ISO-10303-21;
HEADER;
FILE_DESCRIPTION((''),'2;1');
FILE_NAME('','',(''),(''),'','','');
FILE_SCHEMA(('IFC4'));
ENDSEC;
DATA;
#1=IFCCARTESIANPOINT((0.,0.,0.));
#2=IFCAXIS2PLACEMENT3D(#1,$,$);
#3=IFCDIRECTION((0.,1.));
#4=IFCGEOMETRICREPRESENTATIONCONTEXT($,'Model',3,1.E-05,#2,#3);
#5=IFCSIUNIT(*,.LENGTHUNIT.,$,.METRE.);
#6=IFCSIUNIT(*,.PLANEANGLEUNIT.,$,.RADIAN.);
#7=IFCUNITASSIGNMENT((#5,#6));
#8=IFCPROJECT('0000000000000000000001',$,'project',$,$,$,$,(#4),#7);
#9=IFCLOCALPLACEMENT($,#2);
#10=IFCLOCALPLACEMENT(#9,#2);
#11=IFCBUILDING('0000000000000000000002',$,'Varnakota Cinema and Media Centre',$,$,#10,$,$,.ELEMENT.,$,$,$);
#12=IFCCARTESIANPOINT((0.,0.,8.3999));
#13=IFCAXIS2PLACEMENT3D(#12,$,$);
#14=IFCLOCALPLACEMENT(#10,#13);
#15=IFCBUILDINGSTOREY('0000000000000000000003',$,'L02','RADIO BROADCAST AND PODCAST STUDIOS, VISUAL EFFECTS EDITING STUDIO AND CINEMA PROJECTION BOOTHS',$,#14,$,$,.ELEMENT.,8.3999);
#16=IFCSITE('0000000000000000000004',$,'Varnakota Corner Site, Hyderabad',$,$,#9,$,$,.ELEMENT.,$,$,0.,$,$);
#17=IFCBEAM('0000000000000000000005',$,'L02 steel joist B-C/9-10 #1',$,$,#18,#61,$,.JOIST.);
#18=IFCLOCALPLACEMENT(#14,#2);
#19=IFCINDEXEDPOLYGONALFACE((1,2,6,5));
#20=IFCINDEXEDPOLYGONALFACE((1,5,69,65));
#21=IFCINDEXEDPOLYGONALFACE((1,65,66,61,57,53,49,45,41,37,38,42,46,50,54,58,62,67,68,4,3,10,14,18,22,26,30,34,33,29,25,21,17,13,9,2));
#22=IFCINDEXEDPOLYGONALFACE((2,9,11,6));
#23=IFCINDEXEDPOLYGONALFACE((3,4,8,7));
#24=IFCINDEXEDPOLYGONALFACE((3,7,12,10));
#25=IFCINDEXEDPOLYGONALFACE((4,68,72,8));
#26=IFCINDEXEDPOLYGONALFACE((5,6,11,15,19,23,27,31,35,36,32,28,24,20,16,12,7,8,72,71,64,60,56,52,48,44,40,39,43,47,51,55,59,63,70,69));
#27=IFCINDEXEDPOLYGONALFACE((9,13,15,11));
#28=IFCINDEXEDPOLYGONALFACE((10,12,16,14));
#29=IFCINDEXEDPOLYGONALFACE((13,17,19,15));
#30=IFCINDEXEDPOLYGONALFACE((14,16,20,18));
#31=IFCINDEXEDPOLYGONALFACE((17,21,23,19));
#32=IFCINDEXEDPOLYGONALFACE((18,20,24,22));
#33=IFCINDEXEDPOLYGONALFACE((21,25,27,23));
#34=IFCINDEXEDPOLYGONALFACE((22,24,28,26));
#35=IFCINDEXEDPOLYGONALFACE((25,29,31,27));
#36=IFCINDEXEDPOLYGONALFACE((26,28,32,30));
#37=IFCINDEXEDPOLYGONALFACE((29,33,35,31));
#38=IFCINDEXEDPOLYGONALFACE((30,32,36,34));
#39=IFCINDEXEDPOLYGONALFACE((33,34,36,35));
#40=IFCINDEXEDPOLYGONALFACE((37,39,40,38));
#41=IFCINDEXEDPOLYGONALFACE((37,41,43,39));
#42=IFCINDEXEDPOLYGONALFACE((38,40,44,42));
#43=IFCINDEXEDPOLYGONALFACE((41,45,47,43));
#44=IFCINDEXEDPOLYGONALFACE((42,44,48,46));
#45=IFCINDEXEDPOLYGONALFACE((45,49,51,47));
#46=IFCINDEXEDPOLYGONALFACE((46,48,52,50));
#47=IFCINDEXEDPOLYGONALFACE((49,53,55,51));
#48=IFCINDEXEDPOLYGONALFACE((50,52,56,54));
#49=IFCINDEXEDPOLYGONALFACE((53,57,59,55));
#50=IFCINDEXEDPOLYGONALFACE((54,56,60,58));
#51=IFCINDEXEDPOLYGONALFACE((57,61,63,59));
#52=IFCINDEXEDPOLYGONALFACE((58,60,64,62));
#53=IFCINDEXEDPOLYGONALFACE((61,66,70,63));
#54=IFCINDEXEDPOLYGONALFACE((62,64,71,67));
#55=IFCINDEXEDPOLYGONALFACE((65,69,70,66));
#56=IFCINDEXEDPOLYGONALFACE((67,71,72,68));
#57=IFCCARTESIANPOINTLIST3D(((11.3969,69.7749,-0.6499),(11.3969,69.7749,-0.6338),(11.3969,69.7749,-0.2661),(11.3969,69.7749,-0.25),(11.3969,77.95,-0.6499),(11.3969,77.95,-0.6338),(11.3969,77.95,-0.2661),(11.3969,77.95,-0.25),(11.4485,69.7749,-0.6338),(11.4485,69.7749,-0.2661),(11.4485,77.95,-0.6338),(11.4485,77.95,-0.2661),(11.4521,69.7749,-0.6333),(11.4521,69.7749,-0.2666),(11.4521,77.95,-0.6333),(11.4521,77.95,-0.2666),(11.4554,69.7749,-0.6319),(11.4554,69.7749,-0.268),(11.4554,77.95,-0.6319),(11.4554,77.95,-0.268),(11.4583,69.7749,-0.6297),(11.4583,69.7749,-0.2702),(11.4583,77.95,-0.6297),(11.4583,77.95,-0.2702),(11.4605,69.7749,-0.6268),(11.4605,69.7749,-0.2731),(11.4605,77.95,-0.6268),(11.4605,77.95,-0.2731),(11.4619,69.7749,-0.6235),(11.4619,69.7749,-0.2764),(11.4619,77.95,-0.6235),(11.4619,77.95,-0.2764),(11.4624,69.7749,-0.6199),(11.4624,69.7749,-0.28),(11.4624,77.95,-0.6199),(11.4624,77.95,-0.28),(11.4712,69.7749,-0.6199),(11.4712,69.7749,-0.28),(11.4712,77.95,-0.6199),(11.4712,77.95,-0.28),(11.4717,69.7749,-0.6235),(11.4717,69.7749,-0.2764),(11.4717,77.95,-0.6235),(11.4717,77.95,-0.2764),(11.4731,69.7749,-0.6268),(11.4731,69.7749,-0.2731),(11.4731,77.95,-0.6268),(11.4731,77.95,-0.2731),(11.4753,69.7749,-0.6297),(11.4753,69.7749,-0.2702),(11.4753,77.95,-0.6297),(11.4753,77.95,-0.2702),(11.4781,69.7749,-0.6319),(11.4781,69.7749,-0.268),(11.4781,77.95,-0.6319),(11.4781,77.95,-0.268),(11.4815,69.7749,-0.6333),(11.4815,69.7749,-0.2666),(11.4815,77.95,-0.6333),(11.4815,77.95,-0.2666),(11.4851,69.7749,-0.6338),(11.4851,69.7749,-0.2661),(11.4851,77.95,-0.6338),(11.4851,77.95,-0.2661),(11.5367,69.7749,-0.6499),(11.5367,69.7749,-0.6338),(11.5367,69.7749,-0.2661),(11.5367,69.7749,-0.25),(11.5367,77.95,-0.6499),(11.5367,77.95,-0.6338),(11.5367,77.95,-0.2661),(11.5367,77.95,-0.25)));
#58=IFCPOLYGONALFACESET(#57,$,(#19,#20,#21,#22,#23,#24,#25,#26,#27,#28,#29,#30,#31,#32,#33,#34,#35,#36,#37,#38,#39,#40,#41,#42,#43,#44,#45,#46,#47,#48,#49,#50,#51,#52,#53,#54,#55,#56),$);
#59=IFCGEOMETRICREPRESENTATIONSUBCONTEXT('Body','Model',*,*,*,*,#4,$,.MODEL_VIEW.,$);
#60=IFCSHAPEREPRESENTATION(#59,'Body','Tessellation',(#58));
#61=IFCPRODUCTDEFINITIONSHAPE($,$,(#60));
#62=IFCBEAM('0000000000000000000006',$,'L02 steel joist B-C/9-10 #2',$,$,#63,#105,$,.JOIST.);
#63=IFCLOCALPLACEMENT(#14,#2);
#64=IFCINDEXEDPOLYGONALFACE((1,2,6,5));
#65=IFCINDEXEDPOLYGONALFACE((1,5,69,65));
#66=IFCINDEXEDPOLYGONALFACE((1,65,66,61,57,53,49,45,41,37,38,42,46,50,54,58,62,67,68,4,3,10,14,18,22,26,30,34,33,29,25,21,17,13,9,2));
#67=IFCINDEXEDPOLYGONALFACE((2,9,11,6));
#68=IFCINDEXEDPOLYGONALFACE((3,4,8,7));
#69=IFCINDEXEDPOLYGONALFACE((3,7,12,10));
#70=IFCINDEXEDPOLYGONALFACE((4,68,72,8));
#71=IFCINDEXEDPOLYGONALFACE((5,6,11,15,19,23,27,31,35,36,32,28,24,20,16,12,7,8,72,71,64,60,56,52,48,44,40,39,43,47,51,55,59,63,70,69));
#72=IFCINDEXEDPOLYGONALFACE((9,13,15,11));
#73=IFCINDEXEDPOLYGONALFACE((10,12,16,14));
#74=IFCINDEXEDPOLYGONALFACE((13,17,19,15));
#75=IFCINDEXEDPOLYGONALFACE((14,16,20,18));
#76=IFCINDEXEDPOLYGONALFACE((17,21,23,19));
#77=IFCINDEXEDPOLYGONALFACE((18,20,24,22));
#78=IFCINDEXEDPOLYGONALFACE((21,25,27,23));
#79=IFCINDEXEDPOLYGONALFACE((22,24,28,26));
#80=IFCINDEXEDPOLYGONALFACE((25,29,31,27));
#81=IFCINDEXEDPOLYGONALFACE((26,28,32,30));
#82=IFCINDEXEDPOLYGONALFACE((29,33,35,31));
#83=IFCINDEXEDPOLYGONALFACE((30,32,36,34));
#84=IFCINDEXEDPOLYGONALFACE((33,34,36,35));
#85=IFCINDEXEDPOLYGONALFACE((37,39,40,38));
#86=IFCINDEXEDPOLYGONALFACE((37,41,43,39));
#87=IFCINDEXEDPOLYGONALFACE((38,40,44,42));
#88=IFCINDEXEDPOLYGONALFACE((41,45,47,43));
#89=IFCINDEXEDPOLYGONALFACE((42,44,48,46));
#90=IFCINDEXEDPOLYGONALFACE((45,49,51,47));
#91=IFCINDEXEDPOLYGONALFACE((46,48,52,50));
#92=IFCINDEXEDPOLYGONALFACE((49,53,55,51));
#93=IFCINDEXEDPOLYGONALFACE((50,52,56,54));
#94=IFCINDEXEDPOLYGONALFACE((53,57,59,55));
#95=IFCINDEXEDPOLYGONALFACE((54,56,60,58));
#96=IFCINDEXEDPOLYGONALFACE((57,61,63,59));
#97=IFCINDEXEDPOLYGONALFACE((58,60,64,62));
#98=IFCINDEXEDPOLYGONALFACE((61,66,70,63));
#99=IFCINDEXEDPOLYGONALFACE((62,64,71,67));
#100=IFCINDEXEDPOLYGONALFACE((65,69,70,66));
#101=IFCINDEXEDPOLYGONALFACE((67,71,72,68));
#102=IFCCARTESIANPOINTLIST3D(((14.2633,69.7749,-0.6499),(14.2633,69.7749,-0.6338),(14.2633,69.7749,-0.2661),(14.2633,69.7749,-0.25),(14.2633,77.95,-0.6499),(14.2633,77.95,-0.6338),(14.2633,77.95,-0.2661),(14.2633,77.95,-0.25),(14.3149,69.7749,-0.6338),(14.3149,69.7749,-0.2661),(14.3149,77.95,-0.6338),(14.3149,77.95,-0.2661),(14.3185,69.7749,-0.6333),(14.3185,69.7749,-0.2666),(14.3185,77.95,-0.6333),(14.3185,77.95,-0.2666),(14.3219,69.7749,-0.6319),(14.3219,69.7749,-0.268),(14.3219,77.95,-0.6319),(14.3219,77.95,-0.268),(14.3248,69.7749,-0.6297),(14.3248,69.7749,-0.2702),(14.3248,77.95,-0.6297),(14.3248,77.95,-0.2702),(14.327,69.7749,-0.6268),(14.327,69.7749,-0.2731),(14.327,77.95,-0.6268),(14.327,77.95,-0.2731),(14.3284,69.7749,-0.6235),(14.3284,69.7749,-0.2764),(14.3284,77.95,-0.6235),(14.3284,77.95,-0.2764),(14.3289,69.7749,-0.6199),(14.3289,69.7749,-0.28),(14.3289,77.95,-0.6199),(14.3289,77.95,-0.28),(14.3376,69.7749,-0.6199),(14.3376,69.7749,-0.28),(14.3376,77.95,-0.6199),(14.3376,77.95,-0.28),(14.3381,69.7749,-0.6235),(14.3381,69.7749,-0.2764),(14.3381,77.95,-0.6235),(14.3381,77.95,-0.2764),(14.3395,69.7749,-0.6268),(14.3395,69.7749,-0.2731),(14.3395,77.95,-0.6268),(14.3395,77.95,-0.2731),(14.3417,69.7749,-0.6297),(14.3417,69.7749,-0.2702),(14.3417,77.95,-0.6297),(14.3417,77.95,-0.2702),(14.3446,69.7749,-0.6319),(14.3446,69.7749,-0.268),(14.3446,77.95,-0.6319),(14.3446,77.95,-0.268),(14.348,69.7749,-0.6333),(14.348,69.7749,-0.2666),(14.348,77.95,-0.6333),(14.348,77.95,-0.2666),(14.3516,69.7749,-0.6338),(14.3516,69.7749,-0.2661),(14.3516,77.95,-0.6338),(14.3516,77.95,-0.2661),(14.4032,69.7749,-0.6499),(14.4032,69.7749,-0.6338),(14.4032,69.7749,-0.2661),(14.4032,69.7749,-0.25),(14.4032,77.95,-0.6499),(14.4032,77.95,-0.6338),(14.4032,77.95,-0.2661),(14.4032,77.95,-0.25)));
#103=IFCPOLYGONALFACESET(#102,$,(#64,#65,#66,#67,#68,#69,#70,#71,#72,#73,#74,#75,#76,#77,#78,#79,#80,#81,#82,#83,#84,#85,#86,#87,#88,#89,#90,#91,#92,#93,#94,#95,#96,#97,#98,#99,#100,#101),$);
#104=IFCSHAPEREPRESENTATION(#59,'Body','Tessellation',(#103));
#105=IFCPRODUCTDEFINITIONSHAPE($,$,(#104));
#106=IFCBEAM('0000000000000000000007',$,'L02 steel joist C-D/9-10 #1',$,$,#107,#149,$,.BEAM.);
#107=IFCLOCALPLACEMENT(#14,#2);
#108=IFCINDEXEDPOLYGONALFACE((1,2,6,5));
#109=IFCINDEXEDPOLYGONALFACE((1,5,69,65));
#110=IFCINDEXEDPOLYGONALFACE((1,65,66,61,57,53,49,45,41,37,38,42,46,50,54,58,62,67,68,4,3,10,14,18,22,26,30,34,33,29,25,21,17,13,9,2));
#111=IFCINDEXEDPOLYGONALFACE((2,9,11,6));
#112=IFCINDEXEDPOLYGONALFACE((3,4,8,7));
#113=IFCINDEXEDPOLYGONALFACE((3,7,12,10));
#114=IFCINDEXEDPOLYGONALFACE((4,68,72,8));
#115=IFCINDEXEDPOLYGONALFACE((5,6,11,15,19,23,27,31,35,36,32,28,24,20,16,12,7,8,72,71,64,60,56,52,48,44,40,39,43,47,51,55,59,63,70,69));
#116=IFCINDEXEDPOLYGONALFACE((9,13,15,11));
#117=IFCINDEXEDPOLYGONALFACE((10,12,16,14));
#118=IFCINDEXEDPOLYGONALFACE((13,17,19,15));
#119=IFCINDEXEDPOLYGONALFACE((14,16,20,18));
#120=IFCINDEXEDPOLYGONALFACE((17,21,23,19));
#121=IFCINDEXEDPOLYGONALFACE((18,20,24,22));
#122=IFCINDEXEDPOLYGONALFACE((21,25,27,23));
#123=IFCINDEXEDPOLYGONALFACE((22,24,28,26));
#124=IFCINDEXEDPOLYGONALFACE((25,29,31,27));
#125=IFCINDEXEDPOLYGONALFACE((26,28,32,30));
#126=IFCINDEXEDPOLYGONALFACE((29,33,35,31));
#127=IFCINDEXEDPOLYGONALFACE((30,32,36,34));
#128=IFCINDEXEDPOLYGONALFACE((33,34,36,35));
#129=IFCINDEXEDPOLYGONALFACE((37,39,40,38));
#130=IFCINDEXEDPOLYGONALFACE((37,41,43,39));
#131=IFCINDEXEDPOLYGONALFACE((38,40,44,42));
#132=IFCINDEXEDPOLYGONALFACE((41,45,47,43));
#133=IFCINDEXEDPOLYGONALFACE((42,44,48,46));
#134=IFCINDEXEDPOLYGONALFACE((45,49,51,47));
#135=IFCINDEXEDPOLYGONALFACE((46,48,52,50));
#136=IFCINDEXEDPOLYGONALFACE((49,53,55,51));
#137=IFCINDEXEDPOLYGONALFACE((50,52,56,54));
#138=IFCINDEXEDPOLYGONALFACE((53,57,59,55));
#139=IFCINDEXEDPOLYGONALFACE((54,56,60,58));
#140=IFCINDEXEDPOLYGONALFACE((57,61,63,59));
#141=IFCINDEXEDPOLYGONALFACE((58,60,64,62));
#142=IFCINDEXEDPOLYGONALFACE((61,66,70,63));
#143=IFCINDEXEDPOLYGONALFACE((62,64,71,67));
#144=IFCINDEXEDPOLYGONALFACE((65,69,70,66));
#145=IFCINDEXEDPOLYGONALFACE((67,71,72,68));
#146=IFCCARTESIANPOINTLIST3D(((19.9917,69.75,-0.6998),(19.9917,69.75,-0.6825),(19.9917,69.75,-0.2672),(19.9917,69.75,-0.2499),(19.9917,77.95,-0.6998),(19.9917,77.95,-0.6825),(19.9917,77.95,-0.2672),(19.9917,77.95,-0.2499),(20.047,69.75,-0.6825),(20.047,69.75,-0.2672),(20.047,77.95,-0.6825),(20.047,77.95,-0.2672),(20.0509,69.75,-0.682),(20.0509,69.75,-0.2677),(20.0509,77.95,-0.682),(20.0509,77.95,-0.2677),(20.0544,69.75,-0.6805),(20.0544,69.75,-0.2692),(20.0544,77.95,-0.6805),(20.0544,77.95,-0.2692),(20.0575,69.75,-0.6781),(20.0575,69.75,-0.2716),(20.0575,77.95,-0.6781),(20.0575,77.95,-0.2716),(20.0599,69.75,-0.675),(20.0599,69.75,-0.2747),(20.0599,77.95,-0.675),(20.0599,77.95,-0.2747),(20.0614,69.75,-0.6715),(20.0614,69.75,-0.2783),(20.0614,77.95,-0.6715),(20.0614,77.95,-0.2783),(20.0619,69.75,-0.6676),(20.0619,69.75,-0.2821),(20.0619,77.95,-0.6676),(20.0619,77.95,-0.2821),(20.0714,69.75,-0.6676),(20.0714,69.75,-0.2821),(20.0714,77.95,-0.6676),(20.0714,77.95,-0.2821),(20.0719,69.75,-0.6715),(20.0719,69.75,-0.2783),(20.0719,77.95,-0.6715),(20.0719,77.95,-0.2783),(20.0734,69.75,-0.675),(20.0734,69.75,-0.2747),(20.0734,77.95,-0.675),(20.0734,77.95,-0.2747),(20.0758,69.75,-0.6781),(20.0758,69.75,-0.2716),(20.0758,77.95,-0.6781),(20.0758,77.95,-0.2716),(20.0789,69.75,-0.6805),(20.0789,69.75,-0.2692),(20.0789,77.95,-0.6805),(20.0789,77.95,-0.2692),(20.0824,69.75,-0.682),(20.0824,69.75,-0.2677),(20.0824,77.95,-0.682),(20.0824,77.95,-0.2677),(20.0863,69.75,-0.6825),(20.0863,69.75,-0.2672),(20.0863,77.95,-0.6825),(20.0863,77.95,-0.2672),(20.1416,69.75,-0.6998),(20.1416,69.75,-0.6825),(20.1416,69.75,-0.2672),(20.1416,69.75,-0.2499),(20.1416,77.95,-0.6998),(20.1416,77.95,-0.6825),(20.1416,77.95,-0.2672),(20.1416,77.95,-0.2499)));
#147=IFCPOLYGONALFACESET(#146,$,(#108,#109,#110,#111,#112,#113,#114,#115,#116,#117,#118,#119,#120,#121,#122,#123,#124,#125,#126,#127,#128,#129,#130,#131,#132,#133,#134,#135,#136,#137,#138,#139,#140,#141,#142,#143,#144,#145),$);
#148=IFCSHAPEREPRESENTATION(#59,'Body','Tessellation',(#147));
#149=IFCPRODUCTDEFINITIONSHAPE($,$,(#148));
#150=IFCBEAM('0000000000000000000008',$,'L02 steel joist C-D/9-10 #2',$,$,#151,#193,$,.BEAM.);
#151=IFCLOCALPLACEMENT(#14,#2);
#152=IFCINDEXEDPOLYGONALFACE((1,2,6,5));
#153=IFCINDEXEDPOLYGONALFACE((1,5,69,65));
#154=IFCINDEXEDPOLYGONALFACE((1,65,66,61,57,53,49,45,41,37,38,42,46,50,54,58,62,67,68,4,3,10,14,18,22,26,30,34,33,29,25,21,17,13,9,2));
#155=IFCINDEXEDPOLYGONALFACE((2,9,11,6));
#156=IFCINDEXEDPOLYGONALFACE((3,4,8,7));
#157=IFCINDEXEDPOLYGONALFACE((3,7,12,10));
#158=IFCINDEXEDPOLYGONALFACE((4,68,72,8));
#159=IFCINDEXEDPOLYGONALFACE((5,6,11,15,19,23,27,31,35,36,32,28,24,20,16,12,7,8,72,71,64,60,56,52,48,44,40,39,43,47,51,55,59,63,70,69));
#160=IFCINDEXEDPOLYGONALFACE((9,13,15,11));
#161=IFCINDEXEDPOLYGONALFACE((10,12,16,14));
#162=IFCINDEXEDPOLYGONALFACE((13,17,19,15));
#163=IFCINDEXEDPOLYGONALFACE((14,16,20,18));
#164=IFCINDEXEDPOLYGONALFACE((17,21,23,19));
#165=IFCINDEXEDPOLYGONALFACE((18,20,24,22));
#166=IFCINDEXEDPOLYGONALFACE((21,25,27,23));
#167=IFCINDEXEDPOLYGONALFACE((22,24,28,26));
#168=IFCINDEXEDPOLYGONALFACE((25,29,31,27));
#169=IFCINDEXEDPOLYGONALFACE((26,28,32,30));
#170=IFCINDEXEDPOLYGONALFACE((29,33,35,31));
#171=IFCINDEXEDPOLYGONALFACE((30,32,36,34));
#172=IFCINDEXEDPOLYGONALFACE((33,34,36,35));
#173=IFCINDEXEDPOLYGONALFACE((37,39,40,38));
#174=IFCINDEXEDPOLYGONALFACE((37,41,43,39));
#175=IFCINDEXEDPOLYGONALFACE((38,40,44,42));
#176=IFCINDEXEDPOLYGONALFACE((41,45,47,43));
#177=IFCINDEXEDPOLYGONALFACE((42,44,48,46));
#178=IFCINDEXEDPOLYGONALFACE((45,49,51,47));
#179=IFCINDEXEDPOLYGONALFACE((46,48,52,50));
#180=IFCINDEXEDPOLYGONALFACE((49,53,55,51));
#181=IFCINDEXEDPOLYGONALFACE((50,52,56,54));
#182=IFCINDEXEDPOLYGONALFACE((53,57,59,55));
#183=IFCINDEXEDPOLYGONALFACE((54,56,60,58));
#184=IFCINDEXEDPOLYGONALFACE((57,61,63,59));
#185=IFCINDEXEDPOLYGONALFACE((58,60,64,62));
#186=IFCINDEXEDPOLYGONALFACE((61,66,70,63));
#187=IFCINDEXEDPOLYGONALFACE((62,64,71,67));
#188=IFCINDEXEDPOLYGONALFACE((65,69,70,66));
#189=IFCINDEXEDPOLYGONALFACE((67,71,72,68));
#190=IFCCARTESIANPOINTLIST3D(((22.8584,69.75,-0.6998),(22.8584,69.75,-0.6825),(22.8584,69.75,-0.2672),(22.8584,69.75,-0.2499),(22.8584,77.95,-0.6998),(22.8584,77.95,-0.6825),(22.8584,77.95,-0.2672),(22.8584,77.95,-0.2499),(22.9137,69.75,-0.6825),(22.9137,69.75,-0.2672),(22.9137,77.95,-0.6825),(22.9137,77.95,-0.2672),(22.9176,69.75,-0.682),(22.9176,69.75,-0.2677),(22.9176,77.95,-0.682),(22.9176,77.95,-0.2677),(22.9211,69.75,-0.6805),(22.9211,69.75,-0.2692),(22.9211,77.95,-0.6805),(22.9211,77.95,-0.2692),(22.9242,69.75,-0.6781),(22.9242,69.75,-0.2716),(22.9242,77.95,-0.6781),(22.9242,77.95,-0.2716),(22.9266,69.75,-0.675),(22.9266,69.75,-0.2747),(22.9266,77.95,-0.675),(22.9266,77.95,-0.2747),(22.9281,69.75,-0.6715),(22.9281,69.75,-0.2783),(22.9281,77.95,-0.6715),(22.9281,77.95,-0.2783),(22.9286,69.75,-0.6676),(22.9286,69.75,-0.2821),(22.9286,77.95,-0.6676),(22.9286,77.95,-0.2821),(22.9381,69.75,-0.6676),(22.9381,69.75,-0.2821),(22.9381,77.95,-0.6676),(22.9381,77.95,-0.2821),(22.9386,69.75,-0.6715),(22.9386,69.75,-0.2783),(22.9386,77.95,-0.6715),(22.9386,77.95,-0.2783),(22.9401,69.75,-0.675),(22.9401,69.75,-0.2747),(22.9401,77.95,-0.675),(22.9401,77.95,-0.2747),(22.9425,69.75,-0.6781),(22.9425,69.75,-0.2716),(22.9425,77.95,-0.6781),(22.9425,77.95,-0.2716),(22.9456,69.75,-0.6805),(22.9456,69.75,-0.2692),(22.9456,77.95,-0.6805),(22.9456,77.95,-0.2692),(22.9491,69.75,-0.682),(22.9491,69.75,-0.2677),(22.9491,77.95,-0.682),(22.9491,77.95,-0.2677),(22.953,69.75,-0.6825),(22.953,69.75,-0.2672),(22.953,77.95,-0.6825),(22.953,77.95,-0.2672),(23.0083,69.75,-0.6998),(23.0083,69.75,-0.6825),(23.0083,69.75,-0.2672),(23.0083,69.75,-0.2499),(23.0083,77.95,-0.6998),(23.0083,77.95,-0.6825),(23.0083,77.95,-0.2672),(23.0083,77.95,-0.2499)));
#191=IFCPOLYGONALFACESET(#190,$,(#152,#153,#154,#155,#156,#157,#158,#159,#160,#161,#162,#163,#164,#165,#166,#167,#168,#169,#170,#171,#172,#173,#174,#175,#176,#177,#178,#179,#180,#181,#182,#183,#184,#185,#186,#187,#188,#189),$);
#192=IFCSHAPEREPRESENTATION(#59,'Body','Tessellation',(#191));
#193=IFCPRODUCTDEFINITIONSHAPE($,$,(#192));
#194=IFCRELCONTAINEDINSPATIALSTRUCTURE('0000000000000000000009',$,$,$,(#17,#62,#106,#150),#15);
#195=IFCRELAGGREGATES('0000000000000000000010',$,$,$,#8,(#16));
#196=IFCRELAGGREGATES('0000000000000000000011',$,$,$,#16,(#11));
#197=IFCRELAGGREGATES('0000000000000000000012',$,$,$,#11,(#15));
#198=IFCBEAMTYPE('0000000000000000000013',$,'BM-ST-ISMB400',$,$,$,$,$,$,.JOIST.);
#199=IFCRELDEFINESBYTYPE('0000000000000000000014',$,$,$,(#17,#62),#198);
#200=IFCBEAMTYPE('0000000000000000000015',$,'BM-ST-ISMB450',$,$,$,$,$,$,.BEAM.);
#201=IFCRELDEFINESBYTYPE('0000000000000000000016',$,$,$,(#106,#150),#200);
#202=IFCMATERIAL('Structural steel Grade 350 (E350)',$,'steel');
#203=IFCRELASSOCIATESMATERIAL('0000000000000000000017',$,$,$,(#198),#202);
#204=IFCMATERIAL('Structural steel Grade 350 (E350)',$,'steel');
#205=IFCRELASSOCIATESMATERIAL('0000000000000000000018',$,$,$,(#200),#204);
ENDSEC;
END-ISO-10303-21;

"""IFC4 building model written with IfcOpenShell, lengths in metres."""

from ifc_helpers import new_model, si_unit, direction, frame, origin, origin_2d, place, context, subcontext, project, spatial, i_section, extrude, material, material_profile, profile_set, type_object, element, save


model = new_model("IFC4")

# Units and contexts
model_context = context("Model", 3, precision=1e-05, world=origin(), true_north=direction((0.0, 1.0)))
body_context = subcontext(model_context, "Body", "Model", "MODEL_VIEW")
ifc_project = project(units=[si_unit("LENGTHUNIT", "METRE"), si_unit("PLANEANGLEUNIT", "RADIAN")], contexts=[model_context])

# Site, building, storey
site_placement = place(None, origin())
site = spatial("IfcSite", under=ifc_project, at=site_placement, Name="Varnakota Corner Site, Hyderabad", CompositionType="ELEMENT", RefElevation=0.0)
building_placement = place(site_placement, origin())
building = spatial("IfcBuilding", under=site, at=building_placement, Name="Varnakota Cinema and Media Centre", CompositionType="ELEMENT")
storey_placement = place(building_placement, frame((0.0, 0.0, 8.3999)))
storey = spatial("IfcBuildingStorey", under=building, at=storey_placement, Name="L02", Description="RADIO BROADCAST AND PODCAST STUDIOS, VISUAL EFFECTS EDITING STUDIO AND CINEMA PROJECTION BOOTHS", CompositionType="ELEMENT", Elevation=8.3999)

# Beams
ifc_material_1 = material(Name="Structural steel Grade 350 (E350)", Category="steel")
ifc_material_profile_1 = material_profile(ifc_material_1, i_section(OverallWidth=0.1399, OverallDepth=0.3999, WebThickness=0.0088, FlangeThickness=0.0161, FilletRadius=0.0139, at=origin_2d()), Name="ISMB 400")
ifc_profile_set_1 = profile_set([ifc_material_profile_1], Name="Structural steel Grade 350 (E350)")
beam_type_1 = type_object("IfcBeamType", Name="BM-ST-ISMB400", PredefinedType="JOIST", material=ifc_profile_set_1)
for number, where, z_axis, x_axis, name in (
    (1, (11.4668, 69.7749, -0.45), (0.0, 1.0, 0.0), (-1.0, 0.0, 0.0), "L02 steel joist B-C/9-10 #1"),
    (2, (14.3333, 69.7749, -0.45), (0.0, 1.0, 0.0), (-1.0, 0.0, 0.0), "L02 steel joist B-C/9-10 #2"),
):
    element("IfcBeam", number, at=place(storey_placement, frame(where, z_axis=z_axis, x_axis=x_axis)), inside=storey, type_object=beam_type_1, Name=name, PredefinedType="JOIST", context=body_context, shape_type="SweptSolid", body=[
        extrude(i_section(OverallWidth=0.1399, OverallDepth=0.3999, WebThickness=0.0088, FlangeThickness=0.0161, FilletRadius=0.0139, at=origin_2d()), origin(), (0.0, 0.0, 1.0), 8.175),
    ])
ifc_material_2 = material(Name="Structural steel Grade 350 (E350)", Category="steel")
ifc_material_profile_2 = material_profile(ifc_material_2, i_section(OverallWidth=0.1499, OverallDepth=0.45, WebThickness=0.0095, FlangeThickness=0.0173, FilletRadius=0.0149, at=origin_2d()), Name="ISMB 450")
ifc_profile_set_2 = profile_set([ifc_material_profile_2], Name="Structural steel Grade 350 (E350)")
beam_type_2 = type_object("IfcBeamType", Name="BM-ST-ISMB450", PredefinedType="BEAM", material=ifc_profile_set_2)
for number, where, z_axis, x_axis, name in (
    (3, (20.0667, 69.75, -0.4749), (0.0, 1.0, 0.0), (-1.0, 0.0, 0.0), "L02 steel joist C-D/9-10 #1"),
    (4, (22.9333, 69.75, -0.4749), (0.0, 1.0, 0.0), (-1.0, 0.0, 0.0), "L02 steel joist C-D/9-10 #2"),
):
    element("IfcBeam", number, at=place(storey_placement, frame(where, z_axis=z_axis, x_axis=x_axis)), inside=storey, type_object=beam_type_2, Name=name, PredefinedType="BEAM", context=body_context, shape_type="SweptSolid", body=[
        extrude(i_section(OverallWidth=0.1499, OverallDepth=0.45, WebThickness=0.0095, FlangeThickness=0.0173, FilletRadius=0.0149, at=origin_2d()), origin(), (0.0, 0.0, 1.0), 8.2),
    ])

save(model, "model.ifc")
